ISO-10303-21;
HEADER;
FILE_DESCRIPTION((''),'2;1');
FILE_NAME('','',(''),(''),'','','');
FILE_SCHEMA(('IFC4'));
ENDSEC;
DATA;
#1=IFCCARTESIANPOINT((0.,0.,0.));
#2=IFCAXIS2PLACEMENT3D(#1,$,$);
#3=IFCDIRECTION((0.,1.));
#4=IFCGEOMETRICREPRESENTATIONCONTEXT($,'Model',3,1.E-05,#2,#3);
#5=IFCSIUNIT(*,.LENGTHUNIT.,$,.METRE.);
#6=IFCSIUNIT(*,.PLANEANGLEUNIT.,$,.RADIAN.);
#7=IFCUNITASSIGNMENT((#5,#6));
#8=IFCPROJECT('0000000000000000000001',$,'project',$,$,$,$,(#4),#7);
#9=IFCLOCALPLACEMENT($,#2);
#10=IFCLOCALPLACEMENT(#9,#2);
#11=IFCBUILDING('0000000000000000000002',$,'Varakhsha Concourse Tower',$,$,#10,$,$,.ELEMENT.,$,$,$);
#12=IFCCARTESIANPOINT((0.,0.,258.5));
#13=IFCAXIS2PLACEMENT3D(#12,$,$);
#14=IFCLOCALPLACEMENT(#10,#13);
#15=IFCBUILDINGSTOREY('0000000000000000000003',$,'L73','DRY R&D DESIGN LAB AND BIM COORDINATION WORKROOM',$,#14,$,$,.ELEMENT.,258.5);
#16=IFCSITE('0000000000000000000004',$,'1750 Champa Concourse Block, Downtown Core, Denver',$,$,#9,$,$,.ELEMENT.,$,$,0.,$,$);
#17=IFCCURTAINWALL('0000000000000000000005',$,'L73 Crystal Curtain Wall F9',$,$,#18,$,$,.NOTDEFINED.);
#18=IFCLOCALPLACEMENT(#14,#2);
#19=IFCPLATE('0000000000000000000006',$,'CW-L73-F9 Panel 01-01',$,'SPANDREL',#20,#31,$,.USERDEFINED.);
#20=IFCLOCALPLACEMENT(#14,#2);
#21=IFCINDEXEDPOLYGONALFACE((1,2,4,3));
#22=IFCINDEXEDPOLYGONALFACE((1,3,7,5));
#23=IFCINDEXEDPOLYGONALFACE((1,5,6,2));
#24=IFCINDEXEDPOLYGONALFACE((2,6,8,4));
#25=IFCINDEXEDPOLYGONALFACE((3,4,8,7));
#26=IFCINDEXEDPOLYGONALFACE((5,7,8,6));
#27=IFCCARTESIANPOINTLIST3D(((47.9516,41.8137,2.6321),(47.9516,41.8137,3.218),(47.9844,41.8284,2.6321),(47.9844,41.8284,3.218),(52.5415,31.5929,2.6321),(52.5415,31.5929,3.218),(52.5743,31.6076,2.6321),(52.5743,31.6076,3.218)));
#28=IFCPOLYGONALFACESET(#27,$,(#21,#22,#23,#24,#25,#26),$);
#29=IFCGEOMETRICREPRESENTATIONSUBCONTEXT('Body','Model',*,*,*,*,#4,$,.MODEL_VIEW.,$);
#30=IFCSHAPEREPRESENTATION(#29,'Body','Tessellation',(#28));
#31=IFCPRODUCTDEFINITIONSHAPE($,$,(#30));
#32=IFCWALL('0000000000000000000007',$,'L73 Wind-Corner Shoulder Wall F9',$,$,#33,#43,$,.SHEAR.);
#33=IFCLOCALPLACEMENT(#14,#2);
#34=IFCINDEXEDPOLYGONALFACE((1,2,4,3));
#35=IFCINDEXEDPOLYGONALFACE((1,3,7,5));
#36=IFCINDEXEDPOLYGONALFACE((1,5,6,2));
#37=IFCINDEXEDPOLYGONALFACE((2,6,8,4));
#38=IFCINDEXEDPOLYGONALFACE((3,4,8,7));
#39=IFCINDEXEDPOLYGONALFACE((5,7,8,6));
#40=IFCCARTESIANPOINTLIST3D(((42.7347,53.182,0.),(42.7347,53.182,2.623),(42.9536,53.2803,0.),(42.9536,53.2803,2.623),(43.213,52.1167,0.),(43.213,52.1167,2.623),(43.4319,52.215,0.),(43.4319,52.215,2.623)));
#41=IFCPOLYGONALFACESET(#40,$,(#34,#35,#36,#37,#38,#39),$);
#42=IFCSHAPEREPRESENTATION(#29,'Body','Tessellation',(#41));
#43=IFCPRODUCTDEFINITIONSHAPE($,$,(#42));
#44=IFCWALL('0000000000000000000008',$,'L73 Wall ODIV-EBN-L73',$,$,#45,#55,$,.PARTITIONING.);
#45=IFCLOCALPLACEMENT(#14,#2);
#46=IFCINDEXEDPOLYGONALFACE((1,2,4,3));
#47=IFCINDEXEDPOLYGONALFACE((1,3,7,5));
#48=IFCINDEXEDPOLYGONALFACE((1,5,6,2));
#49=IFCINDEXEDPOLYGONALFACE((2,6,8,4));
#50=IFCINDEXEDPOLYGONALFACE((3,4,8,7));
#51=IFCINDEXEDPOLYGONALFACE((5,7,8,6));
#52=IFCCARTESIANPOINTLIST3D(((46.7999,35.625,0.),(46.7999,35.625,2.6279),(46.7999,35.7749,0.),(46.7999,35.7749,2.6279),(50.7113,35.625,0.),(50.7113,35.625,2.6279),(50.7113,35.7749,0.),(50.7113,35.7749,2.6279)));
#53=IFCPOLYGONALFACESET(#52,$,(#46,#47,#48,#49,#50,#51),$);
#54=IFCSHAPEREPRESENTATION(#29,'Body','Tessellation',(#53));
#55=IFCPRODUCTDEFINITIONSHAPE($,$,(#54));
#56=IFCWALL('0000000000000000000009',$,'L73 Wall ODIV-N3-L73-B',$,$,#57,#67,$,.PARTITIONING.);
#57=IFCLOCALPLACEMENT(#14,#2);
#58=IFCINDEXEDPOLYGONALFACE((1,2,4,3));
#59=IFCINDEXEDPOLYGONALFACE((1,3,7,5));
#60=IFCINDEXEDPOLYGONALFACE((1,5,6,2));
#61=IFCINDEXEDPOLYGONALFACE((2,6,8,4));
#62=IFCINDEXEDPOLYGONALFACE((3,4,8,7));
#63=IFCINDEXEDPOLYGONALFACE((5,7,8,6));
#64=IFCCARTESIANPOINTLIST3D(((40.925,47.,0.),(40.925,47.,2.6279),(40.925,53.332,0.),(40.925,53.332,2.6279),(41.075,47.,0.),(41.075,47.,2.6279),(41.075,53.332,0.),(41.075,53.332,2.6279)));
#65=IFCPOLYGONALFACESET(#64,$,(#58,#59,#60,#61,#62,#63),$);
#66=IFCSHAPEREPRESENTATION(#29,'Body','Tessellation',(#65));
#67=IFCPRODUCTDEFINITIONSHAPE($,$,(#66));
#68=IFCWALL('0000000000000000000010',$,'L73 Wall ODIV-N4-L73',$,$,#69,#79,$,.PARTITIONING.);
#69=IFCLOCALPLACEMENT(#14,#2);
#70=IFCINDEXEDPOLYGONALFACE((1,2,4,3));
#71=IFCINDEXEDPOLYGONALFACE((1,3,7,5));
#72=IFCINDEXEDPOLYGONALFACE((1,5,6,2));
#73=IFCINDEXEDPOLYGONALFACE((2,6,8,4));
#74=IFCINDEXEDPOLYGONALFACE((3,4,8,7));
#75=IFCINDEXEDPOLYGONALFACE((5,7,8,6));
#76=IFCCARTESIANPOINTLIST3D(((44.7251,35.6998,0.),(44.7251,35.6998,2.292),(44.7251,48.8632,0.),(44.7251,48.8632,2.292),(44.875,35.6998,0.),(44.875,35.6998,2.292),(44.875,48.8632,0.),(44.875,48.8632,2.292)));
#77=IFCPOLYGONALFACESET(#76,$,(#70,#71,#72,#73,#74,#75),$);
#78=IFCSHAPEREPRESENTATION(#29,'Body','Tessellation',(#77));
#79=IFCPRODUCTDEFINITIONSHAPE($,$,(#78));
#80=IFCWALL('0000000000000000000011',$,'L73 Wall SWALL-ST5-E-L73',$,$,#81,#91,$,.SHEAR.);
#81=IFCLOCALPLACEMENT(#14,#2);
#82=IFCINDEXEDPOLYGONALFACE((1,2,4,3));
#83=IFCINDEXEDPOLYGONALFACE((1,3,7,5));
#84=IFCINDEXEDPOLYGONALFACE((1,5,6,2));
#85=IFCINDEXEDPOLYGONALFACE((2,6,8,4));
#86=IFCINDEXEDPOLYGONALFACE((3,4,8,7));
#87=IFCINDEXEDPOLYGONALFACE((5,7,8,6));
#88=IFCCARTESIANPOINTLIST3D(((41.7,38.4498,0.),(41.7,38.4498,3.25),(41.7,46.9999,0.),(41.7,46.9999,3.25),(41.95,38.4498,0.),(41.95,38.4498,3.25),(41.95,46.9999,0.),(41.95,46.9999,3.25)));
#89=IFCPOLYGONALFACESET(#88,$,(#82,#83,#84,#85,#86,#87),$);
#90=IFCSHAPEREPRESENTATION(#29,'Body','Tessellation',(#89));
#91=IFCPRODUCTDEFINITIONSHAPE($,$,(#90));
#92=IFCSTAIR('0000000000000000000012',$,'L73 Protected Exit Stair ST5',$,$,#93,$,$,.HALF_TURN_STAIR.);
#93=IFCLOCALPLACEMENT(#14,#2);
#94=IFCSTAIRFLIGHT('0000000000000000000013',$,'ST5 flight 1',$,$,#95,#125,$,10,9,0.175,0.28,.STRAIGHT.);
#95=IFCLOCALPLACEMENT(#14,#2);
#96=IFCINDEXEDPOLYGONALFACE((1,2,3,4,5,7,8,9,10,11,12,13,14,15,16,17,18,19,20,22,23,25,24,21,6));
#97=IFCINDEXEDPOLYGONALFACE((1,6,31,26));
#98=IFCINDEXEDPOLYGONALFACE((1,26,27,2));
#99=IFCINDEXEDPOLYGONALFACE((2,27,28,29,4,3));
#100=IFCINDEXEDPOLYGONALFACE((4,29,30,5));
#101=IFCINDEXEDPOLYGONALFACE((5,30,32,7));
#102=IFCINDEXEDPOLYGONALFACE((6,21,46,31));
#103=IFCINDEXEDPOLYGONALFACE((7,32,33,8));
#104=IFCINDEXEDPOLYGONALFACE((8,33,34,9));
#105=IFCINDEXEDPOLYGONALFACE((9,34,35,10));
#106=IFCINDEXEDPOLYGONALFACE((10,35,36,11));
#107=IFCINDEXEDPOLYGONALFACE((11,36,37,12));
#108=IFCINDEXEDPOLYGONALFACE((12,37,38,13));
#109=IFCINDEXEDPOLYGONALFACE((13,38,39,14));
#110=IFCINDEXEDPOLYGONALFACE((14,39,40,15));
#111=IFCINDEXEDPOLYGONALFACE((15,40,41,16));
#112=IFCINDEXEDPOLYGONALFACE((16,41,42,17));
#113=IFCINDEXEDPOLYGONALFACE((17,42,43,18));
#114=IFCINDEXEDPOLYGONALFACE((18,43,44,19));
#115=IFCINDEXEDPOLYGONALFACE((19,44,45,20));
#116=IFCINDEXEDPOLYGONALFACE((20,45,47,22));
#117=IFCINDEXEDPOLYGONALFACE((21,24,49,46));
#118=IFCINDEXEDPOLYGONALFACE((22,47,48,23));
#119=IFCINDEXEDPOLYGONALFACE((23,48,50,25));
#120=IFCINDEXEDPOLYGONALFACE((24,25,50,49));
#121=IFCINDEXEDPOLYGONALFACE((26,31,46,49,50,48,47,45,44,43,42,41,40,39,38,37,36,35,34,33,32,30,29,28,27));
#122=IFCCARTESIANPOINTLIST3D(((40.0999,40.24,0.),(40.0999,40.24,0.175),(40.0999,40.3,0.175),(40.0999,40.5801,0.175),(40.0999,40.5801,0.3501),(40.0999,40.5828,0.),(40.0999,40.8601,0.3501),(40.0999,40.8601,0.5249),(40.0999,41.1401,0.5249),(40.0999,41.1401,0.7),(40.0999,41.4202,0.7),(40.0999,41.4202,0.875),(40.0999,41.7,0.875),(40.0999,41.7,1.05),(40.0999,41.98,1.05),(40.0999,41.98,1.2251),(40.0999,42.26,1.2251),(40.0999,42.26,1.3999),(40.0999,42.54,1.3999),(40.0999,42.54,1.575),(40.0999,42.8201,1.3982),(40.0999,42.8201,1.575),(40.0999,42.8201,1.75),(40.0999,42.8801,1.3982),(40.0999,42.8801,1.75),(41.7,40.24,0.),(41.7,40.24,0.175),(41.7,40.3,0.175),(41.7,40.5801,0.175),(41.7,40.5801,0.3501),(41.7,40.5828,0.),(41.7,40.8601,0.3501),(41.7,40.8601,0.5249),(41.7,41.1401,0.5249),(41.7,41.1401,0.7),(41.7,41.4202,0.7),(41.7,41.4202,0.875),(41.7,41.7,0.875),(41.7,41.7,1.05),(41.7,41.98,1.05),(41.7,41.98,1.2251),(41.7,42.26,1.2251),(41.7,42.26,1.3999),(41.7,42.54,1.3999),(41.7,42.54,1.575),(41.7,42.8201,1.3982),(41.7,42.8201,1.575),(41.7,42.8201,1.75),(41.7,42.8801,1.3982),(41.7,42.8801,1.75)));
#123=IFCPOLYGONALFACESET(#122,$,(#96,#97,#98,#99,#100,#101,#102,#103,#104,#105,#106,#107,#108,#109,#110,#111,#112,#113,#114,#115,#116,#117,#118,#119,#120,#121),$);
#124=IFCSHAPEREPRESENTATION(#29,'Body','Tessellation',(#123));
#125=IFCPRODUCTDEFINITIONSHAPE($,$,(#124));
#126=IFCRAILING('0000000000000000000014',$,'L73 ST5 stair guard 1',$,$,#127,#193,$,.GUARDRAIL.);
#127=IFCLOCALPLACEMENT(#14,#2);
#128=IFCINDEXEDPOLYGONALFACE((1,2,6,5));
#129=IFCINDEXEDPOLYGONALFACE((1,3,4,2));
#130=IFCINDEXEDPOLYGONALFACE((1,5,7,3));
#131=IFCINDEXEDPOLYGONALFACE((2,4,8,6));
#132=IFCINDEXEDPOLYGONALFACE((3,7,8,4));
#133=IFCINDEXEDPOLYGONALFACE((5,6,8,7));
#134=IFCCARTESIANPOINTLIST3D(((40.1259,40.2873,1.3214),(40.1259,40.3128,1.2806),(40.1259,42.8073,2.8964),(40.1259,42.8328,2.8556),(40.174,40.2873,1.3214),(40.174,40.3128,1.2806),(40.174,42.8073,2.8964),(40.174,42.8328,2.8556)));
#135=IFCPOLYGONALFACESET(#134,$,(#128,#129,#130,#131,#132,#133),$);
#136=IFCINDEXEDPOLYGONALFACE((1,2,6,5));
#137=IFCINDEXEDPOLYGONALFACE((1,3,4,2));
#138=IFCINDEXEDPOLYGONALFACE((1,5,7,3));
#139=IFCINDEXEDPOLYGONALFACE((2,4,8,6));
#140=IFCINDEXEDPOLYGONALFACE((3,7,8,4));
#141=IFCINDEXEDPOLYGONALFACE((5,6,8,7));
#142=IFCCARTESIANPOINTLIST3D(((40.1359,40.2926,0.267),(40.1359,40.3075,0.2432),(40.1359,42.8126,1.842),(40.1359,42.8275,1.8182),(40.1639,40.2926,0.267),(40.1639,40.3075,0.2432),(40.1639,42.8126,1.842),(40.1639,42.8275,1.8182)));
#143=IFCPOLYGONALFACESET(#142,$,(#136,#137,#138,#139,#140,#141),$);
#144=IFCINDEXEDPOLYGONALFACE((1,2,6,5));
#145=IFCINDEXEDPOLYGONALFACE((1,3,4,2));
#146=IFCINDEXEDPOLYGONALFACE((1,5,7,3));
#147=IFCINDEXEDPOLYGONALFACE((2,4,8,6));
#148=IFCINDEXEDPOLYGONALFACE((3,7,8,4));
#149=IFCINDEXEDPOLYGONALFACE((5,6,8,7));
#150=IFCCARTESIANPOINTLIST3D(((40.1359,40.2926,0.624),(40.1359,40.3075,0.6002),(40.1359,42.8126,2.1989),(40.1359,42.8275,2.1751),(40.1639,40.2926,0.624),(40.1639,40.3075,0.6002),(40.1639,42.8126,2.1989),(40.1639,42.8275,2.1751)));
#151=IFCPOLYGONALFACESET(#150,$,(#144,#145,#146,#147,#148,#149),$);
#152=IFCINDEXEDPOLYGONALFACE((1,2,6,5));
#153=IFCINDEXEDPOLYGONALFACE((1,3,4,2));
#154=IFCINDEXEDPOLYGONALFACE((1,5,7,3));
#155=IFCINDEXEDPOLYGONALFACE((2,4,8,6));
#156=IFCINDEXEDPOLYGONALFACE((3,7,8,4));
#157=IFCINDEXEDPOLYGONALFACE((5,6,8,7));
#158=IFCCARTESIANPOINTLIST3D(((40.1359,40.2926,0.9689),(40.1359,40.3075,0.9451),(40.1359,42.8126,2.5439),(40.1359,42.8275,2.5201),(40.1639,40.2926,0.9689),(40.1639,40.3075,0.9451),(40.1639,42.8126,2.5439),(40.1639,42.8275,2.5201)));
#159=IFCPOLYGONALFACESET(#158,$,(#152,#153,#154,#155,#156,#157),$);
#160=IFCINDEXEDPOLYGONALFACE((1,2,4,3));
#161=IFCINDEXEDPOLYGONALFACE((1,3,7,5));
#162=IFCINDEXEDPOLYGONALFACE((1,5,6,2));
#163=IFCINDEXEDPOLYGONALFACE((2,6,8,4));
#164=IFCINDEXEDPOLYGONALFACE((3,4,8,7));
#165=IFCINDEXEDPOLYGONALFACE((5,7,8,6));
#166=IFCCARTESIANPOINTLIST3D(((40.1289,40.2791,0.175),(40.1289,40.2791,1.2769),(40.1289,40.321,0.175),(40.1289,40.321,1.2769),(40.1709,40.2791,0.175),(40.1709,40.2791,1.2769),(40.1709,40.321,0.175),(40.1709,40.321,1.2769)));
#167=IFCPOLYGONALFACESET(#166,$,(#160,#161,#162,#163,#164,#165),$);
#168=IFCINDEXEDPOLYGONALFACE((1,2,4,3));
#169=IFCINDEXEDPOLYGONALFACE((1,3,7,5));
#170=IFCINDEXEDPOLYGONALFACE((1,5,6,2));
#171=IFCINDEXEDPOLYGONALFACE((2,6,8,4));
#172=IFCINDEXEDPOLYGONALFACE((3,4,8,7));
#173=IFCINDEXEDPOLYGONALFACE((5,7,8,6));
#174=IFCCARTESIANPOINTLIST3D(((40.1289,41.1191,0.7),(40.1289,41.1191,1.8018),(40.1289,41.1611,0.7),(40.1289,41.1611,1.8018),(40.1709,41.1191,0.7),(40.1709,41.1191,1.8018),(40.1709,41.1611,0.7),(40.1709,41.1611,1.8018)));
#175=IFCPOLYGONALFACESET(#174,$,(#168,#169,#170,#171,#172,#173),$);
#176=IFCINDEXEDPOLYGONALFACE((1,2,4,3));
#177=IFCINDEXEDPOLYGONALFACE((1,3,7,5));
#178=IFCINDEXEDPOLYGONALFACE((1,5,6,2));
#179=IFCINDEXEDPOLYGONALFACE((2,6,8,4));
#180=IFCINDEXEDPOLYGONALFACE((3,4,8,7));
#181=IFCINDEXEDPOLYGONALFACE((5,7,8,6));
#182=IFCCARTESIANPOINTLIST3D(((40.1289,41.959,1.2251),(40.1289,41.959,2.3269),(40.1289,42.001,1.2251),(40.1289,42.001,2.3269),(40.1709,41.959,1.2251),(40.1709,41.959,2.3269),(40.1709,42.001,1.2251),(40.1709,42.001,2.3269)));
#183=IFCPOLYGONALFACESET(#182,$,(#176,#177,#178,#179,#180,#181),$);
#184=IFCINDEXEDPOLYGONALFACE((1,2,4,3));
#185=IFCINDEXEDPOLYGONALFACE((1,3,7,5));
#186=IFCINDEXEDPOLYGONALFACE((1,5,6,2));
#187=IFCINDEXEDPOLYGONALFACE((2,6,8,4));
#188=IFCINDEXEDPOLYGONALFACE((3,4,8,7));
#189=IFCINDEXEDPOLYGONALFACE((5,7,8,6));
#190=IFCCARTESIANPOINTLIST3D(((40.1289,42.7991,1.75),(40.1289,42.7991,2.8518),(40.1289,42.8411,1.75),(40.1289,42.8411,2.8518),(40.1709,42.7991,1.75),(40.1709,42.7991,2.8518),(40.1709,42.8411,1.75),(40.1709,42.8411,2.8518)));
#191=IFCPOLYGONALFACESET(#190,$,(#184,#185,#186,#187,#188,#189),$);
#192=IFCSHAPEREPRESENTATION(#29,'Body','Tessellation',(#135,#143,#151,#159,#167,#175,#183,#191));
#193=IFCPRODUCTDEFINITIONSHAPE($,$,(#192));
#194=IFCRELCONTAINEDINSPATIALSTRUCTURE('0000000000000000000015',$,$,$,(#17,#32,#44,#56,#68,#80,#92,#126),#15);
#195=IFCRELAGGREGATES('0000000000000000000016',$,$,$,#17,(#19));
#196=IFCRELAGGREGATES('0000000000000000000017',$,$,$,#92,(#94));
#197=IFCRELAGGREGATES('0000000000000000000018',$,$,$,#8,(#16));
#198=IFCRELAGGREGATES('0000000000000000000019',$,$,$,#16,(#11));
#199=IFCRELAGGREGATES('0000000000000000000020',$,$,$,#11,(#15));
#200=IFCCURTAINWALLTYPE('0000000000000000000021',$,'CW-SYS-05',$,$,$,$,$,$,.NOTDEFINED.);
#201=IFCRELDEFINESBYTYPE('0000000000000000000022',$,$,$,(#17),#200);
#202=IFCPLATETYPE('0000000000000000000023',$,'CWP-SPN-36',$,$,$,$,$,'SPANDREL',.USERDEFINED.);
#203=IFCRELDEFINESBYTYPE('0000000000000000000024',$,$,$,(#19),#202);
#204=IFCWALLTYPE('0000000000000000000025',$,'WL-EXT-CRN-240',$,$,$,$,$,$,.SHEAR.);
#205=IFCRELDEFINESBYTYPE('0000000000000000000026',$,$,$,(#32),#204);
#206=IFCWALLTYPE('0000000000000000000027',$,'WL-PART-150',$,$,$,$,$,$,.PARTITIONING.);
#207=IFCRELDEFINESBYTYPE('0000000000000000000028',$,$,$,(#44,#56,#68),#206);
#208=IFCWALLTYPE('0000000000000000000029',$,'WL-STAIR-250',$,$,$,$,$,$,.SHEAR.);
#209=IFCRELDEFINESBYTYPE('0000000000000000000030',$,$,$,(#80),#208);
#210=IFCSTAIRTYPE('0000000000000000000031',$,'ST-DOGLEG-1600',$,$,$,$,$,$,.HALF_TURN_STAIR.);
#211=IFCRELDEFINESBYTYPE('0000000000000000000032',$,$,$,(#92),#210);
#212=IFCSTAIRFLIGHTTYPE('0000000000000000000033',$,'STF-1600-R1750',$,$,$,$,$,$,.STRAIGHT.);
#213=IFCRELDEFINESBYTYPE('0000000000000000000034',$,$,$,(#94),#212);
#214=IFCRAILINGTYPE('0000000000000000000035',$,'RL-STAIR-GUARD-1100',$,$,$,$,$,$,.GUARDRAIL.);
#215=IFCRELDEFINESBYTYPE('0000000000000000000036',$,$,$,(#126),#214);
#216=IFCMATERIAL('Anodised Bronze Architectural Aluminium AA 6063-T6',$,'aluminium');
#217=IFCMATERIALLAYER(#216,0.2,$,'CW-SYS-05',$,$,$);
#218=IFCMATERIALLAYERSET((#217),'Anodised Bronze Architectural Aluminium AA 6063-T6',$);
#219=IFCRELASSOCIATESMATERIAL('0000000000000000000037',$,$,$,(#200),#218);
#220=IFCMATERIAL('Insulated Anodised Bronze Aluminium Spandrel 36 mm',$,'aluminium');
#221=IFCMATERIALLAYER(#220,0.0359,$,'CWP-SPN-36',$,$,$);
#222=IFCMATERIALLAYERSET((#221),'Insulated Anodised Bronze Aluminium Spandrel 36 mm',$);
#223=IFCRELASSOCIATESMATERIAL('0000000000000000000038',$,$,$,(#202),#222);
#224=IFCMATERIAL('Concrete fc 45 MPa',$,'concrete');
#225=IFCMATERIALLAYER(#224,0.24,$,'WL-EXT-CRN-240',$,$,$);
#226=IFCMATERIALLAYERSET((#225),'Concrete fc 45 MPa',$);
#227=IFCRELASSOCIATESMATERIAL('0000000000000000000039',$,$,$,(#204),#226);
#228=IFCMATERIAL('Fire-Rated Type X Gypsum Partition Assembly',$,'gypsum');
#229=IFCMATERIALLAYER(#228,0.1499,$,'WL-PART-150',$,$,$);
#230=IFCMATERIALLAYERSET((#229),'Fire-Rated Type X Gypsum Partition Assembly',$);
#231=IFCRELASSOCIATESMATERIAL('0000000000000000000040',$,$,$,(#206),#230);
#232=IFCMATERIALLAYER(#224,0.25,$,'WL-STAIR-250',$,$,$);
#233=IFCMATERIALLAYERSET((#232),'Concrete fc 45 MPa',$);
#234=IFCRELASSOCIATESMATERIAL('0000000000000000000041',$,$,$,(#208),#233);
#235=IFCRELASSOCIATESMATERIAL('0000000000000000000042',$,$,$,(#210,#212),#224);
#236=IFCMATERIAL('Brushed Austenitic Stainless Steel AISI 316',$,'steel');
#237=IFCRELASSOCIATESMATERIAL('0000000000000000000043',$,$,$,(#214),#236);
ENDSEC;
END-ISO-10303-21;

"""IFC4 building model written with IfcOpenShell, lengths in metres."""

from ifc_helpers import new_model, si_unit, direction, frame, frame_2d, origin, origin_2d, place, context, subcontext, project, spatial, polyline, rectangle, outline, extrude, source, transform, mapped, material, layer, layer_set, type_object, element, aggregate, save


model = new_model("IFC4")

# Units and contexts
model_context = context("Model", 3, precision=1e-05, world=origin(), true_north=direction((0.0, 1.0)))
body_context = subcontext(model_context, "Body", "Model", "MODEL_VIEW")
ifc_project = project(units=[si_unit("LENGTHUNIT", "METRE"), si_unit("PLANEANGLEUNIT", "RADIAN")], contexts=[model_context])

# Site, building, storey
site_placement = place(None, origin())
site = spatial("IfcSite", under=ifc_project, at=site_placement, Name="1750 Champa Concourse Block, Downtown Core, Denver", CompositionType="ELEMENT", RefElevation=0.0)
building_placement = place(site_placement, origin())
building = spatial("IfcBuilding", under=site, at=building_placement, Name="Varakhsha Concourse Tower", CompositionType="ELEMENT")
storey_placement = place(building_placement, frame((0.0, 0.0, 258.5)))
storey = spatial("IfcBuildingStorey", under=building, at=storey_placement, Name="L73", Description="DRY R&D DESIGN LAB AND BIM COORDINATION WORKROOM", CompositionType="ELEMENT", Elevation=258.5)

# Curtain wall
ifc_material_1 = material(Name="Anodised Bronze Architectural Aluminium AA 6063-T6", Category="aluminium")
ifc_layer_1 = layer(ifc_material_1, 0.2, Name="CW-SYS-05")
ifc_layer_set_1 = layer_set([ifc_layer_1], Name="Anodised Bronze Architectural Aluminium AA 6063-T6")
curtain_wall_type = type_object("IfcCurtainWallType", Name="CW-SYS-05", PredefinedType="NOTDEFINED", material=ifc_layer_set_1)
curtain_wall_placement = place(storey_placement, origin())
curtain_wall = element("IfcCurtainWall", 1, at=curtain_wall_placement, inside=storey, type_object=curtain_wall_type, Name="L73 Crystal Curtain Wall F9", PredefinedType="NOTDEFINED")

# Plate
ifc_material_2 = material(Name="Insulated Anodised Bronze Aluminium Spandrel 36 mm", Category="aluminium")
ifc_layer_2 = layer(ifc_material_2, 0.0359, Name="CWP-SPN-36")
ifc_layer_set_2 = layer_set([ifc_layer_2], Name="Insulated Anodised Bronze Aluminium Spandrel 36 mm")
plate_type_1 = type_object("IfcPlateType", Name="CWP-SPN-36", ElementType="SPANDREL", PredefinedType="USERDEFINED", material=ifc_layer_set_2)
shared_shape_1 = source(origin(), body_context, "Body", "SweptSolid", [
    extrude(rectangle(XDim=11.2041, YDim=0.0359, at=origin_2d()), origin(), (0.0, 0.0, 1.0), 0.5859),
])
plate_1_placement = place(storey_placement, frame((50.2629, 36.7107, 2.6321), z_axis=(0.0, 0.0, 1.0), x_axis=(0.409662, -0.912237, 0.0)))
plate_1 = element("IfcPlate", 2, at=plate_1_placement, type_object=plate_type_1, Name="CW-L73-F9 Panel 01-01", ObjectType="SPANDREL", PredefinedType="USERDEFINED", context=body_context, shape_type="MappedRepresentation", body=[
    mapped(shared_shape_1, transform((0.0, 0.0, 0.0), scale=1.0)),
])
aggregate(curtain_wall, [plate_1])

# Walls
ifc_material_3 = material(Name="Concrete fc 45 MPa", Category="concrete")
ifc_layer_3 = layer(ifc_material_3, 0.24, Name="WL-EXT-CRN-240")
ifc_layer_set_3 = layer_set([ifc_layer_3], Name="Concrete fc 45 MPa")
wall_type_1 = type_object("IfcWallType", Name="WL-EXT-CRN-240", PredefinedType="SHEAR", material=ifc_layer_set_3)
wall_1_placement = place(storey_placement, frame((43.3225, 52.1658, 0.0), z_axis=(0.0, 0.0, 1.0), x_axis=(-0.409608, 0.912262, 0.0)))
element("IfcWall", 3, at=wall_1_placement, inside=storey, type_object=wall_type_1, Name="L73 Wind-Corner Shoulder Wall F9", PredefinedType="SHEAR", context=body_context, shape_type="SweptSolid", body=[
    extrude(rectangle(XDim=1.1677, YDim=0.24, at=frame_2d((0.584, 0.0))), origin(), (0.0, 0.0, 1.0), 2.623),
])
ifc_material_4 = material(Name="Fire-Rated Type X Gypsum Partition Assembly", Category="gypsum")
ifc_layer_4 = layer(ifc_material_4, 0.1499, Name="WL-PART-150")
ifc_layer_set_4 = layer_set([ifc_layer_4], Name="Fire-Rated Type X Gypsum Partition Assembly")
wall_type_2 = type_object("IfcWallType", Name="WL-PART-150", PredefinedType="PARTITIONING", material=ifc_layer_set_4)
wall_2_placement = place(storey_placement, frame((46.8, 35.7, 0.0), z_axis=(0.0, 0.0, 1.0), x_axis=(1.0, 0.0, 0.0)))
element("IfcWall", 4, at=wall_2_placement, inside=storey, type_object=wall_type_2, Name="L73 Wall ODIV-EBN-L73", PredefinedType="PARTITIONING", context=body_context, shape_type="SweptSolid", body=[
    extrude(rectangle(XDim=3.9114, YDim=0.1499, at=frame_2d((1.9556, 0.0))), origin(), (0.0, 0.0, 1.0), 2.6279),
])
wall_3_placement = place(storey_placement, frame((41.0, 47.0, 0.0), z_axis=(0.0, 0.0, 1.0), x_axis=(0.0, 1.0, 0.0)))
element("IfcWall", 5, at=wall_3_placement, inside=storey, type_object=wall_type_2, Name="L73 Wall ODIV-N3-L73-B", PredefinedType="PARTITIONING", context=body_context, shape_type="SweptSolid", body=[
    extrude(rectangle(XDim=6.332, YDim=0.1499, at=frame_2d((3.166, 0.0))), origin(), (0.0, 0.0, 1.0), 2.6279),
])
wall_4_placement = place(storey_placement, frame((44.8, 35.7, 0.0), z_axis=(0.0, 0.0, 1.0), x_axis=(0.0, 1.0, 0.0)))
element("IfcWall", 6, at=wall_4_placement, inside=storey, type_object=wall_type_2, Name="L73 Wall ODIV-N4-L73", PredefinedType="PARTITIONING", context=body_context, shape_type="SweptSolid", body=[
    extrude(rectangle(XDim=13.1633, YDim=0.1499, at=frame_2d((6.5815, 0.0))), origin(), (0.0, 0.0, 1.0), 2.292),
])
ifc_layer_5 = layer(ifc_material_3, 0.25, Name="WL-STAIR-250")
ifc_layer_set_5 = layer_set([ifc_layer_5], Name="Concrete fc 45 MPa")
wall_type_3 = type_object("IfcWallType", Name="WL-STAIR-250", PredefinedType="SHEAR", material=ifc_layer_set_5)
wall_5_placement = place(storey_placement, frame((41.825, 38.45, 0.0), z_axis=(0.0, 0.0, 1.0), x_axis=(0.0, 1.0, 0.0)))
element("IfcWall", 7, at=wall_5_placement, inside=storey, type_object=wall_type_3, Name="L73 Wall SWALL-ST5-E-L73", PredefinedType="SHEAR", context=body_context, shape_type="SweptSolid", body=[
    extrude(rectangle(XDim=8.55, YDim=0.25, at=frame_2d((4.2749, 0.0))), origin(), (0.0, 0.0, 1.0), 3.25),
])

# Stair, stair flight
stair_type = type_object("IfcStairType", Name="ST-DOGLEG-1600", PredefinedType="HALF_TURN_STAIR", material=ifc_material_3)
stair_placement = place(storey_placement, origin())
stair = element("IfcStair", 8, at=stair_placement, inside=storey, type_object=stair_type, Name="L73 Protected Exit Stair ST5", PredefinedType="HALF_TURN_STAIR")
stair_flight_type = type_object("IfcStairFlightType", Name="STF-1600-R1750", PredefinedType="STRAIGHT", material=ifc_material_3)
stair_flight_placement = place(storey_placement, frame((40.8999, 40.3, 0.0), z_axis=(0.0, 0.0, 1.0), x_axis=(0.0, 1.0, 0.0)))
stair_flight = element("IfcStairFlight", 9, at=stair_flight_placement, type_object=stair_flight_type, Name="ST5 flight 1", NumberOfRisers=10, NumberOfTreads=9, PredefinedType="STRAIGHT", RiserHeight=0.175, TreadLength=0.28, context=body_context, shape_type="SweptSolid", body=[
    extrude(outline(polyline([(-0.0601, 0.0), (-0.0601, 0.175), (0.0, 0.175), (0.28, 0.175), (0.28, 0.3501), (0.5601, 0.3501), (0.5601, 0.5249), (0.8401, 0.5249), (0.8401, 0.7), (1.1201, 0.7), (1.1201, 0.875), (1.3999, 0.875), (1.3999, 1.05), (1.6799, 1.05), (1.6799, 1.2251), (1.96, 1.2251), (1.96, 1.3999), (2.24, 1.3999), (2.24, 1.575), (2.52, 1.575), (2.52, 1.75), (2.5801, 1.75), (2.5801, 1.3982), (2.52, 1.3982), (0.2827, 0.0), (-0.0601, 0.0)])), frame((0.0, 0.8, 0.0), z_axis=(0.0, -1.0, 0.0), x_axis=(1.0, 0.0, 0.0)), (0.0, 0.0, 1.0), 1.6001),
])
aggregate(stair, [stair_flight])

# Railing
ifc_material_5 = material(Name="Brushed Austenitic Stainless Steel AISI 316", Category="steel")
railing_type_1 = type_object("IfcRailingType", Name="RL-STAIR-GUARD-1100", PredefinedType="GUARDRAIL", material=ifc_material_5)
railing_1_placement = place(storey_placement, frame((40.1499, 40.3, 0.175)))
element("IfcRailing", 10, at=railing_1_placement, inside=storey, type_object=railing_type_1, Name="L73 ST5 stair guard 1", PredefinedType="GUARDRAIL", context=body_context, shape_type="SweptSolid", body=[
    extrude(rectangle(XDim=0.0481, YDim=0.0481, at=origin_2d()), frame((0.0, 0.0, 1.126), z_axis=(0.0, 0.848008, 0.529984), x_axis=(-1.0, 0.0, 0.0)), (0.0, 0.0, 1.0), 2.9717),
    extrude(rectangle(XDim=0.0281, YDim=0.0281, at=origin_2d()), frame((0.0, 0.0, 0.0801), z_axis=(0.0, 0.848008, 0.529984), x_axis=(-1.0, 0.0, 0.0)), (0.0, 0.0, 1.0), 2.9717),
    extrude(rectangle(XDim=0.0281, YDim=0.0281, at=origin_2d()), frame((0.0, 0.0, 0.437), z_axis=(0.0, 0.848008, 0.529984), x_axis=(-1.0, 0.0, 0.0)), (0.0, 0.0, 1.0), 2.9717),
    extrude(rectangle(XDim=0.0281, YDim=0.0281, at=origin_2d()), frame((0.0, 0.0, 0.782), z_axis=(0.0, 0.848008, 0.529984), x_axis=(-1.0, 0.0, 0.0)), (0.0, 0.0, 1.0), 2.9717),
    extrude(rectangle(XDim=0.042, YDim=0.042, at=origin_2d()), origin(), (0.0, 0.0, 1.0), 1.1018),
    extrude(rectangle(XDim=0.042, YDim=0.042, at=origin_2d()), frame((0.0, 0.8401, 0.5249)), (0.0, 0.0, 1.0), 1.1018),
    extrude(rectangle(XDim=0.042, YDim=0.042, at=origin_2d()), frame((0.0, 1.6799, 1.05)), (0.0, 0.0, 1.0), 1.1018),
    extrude(rectangle(XDim=0.042, YDim=0.042, at=origin_2d()), frame((0.0, 2.52, 1.575)), (0.0, 0.0, 1.0), 1.1018),
])

save(model, "model.ifc")
